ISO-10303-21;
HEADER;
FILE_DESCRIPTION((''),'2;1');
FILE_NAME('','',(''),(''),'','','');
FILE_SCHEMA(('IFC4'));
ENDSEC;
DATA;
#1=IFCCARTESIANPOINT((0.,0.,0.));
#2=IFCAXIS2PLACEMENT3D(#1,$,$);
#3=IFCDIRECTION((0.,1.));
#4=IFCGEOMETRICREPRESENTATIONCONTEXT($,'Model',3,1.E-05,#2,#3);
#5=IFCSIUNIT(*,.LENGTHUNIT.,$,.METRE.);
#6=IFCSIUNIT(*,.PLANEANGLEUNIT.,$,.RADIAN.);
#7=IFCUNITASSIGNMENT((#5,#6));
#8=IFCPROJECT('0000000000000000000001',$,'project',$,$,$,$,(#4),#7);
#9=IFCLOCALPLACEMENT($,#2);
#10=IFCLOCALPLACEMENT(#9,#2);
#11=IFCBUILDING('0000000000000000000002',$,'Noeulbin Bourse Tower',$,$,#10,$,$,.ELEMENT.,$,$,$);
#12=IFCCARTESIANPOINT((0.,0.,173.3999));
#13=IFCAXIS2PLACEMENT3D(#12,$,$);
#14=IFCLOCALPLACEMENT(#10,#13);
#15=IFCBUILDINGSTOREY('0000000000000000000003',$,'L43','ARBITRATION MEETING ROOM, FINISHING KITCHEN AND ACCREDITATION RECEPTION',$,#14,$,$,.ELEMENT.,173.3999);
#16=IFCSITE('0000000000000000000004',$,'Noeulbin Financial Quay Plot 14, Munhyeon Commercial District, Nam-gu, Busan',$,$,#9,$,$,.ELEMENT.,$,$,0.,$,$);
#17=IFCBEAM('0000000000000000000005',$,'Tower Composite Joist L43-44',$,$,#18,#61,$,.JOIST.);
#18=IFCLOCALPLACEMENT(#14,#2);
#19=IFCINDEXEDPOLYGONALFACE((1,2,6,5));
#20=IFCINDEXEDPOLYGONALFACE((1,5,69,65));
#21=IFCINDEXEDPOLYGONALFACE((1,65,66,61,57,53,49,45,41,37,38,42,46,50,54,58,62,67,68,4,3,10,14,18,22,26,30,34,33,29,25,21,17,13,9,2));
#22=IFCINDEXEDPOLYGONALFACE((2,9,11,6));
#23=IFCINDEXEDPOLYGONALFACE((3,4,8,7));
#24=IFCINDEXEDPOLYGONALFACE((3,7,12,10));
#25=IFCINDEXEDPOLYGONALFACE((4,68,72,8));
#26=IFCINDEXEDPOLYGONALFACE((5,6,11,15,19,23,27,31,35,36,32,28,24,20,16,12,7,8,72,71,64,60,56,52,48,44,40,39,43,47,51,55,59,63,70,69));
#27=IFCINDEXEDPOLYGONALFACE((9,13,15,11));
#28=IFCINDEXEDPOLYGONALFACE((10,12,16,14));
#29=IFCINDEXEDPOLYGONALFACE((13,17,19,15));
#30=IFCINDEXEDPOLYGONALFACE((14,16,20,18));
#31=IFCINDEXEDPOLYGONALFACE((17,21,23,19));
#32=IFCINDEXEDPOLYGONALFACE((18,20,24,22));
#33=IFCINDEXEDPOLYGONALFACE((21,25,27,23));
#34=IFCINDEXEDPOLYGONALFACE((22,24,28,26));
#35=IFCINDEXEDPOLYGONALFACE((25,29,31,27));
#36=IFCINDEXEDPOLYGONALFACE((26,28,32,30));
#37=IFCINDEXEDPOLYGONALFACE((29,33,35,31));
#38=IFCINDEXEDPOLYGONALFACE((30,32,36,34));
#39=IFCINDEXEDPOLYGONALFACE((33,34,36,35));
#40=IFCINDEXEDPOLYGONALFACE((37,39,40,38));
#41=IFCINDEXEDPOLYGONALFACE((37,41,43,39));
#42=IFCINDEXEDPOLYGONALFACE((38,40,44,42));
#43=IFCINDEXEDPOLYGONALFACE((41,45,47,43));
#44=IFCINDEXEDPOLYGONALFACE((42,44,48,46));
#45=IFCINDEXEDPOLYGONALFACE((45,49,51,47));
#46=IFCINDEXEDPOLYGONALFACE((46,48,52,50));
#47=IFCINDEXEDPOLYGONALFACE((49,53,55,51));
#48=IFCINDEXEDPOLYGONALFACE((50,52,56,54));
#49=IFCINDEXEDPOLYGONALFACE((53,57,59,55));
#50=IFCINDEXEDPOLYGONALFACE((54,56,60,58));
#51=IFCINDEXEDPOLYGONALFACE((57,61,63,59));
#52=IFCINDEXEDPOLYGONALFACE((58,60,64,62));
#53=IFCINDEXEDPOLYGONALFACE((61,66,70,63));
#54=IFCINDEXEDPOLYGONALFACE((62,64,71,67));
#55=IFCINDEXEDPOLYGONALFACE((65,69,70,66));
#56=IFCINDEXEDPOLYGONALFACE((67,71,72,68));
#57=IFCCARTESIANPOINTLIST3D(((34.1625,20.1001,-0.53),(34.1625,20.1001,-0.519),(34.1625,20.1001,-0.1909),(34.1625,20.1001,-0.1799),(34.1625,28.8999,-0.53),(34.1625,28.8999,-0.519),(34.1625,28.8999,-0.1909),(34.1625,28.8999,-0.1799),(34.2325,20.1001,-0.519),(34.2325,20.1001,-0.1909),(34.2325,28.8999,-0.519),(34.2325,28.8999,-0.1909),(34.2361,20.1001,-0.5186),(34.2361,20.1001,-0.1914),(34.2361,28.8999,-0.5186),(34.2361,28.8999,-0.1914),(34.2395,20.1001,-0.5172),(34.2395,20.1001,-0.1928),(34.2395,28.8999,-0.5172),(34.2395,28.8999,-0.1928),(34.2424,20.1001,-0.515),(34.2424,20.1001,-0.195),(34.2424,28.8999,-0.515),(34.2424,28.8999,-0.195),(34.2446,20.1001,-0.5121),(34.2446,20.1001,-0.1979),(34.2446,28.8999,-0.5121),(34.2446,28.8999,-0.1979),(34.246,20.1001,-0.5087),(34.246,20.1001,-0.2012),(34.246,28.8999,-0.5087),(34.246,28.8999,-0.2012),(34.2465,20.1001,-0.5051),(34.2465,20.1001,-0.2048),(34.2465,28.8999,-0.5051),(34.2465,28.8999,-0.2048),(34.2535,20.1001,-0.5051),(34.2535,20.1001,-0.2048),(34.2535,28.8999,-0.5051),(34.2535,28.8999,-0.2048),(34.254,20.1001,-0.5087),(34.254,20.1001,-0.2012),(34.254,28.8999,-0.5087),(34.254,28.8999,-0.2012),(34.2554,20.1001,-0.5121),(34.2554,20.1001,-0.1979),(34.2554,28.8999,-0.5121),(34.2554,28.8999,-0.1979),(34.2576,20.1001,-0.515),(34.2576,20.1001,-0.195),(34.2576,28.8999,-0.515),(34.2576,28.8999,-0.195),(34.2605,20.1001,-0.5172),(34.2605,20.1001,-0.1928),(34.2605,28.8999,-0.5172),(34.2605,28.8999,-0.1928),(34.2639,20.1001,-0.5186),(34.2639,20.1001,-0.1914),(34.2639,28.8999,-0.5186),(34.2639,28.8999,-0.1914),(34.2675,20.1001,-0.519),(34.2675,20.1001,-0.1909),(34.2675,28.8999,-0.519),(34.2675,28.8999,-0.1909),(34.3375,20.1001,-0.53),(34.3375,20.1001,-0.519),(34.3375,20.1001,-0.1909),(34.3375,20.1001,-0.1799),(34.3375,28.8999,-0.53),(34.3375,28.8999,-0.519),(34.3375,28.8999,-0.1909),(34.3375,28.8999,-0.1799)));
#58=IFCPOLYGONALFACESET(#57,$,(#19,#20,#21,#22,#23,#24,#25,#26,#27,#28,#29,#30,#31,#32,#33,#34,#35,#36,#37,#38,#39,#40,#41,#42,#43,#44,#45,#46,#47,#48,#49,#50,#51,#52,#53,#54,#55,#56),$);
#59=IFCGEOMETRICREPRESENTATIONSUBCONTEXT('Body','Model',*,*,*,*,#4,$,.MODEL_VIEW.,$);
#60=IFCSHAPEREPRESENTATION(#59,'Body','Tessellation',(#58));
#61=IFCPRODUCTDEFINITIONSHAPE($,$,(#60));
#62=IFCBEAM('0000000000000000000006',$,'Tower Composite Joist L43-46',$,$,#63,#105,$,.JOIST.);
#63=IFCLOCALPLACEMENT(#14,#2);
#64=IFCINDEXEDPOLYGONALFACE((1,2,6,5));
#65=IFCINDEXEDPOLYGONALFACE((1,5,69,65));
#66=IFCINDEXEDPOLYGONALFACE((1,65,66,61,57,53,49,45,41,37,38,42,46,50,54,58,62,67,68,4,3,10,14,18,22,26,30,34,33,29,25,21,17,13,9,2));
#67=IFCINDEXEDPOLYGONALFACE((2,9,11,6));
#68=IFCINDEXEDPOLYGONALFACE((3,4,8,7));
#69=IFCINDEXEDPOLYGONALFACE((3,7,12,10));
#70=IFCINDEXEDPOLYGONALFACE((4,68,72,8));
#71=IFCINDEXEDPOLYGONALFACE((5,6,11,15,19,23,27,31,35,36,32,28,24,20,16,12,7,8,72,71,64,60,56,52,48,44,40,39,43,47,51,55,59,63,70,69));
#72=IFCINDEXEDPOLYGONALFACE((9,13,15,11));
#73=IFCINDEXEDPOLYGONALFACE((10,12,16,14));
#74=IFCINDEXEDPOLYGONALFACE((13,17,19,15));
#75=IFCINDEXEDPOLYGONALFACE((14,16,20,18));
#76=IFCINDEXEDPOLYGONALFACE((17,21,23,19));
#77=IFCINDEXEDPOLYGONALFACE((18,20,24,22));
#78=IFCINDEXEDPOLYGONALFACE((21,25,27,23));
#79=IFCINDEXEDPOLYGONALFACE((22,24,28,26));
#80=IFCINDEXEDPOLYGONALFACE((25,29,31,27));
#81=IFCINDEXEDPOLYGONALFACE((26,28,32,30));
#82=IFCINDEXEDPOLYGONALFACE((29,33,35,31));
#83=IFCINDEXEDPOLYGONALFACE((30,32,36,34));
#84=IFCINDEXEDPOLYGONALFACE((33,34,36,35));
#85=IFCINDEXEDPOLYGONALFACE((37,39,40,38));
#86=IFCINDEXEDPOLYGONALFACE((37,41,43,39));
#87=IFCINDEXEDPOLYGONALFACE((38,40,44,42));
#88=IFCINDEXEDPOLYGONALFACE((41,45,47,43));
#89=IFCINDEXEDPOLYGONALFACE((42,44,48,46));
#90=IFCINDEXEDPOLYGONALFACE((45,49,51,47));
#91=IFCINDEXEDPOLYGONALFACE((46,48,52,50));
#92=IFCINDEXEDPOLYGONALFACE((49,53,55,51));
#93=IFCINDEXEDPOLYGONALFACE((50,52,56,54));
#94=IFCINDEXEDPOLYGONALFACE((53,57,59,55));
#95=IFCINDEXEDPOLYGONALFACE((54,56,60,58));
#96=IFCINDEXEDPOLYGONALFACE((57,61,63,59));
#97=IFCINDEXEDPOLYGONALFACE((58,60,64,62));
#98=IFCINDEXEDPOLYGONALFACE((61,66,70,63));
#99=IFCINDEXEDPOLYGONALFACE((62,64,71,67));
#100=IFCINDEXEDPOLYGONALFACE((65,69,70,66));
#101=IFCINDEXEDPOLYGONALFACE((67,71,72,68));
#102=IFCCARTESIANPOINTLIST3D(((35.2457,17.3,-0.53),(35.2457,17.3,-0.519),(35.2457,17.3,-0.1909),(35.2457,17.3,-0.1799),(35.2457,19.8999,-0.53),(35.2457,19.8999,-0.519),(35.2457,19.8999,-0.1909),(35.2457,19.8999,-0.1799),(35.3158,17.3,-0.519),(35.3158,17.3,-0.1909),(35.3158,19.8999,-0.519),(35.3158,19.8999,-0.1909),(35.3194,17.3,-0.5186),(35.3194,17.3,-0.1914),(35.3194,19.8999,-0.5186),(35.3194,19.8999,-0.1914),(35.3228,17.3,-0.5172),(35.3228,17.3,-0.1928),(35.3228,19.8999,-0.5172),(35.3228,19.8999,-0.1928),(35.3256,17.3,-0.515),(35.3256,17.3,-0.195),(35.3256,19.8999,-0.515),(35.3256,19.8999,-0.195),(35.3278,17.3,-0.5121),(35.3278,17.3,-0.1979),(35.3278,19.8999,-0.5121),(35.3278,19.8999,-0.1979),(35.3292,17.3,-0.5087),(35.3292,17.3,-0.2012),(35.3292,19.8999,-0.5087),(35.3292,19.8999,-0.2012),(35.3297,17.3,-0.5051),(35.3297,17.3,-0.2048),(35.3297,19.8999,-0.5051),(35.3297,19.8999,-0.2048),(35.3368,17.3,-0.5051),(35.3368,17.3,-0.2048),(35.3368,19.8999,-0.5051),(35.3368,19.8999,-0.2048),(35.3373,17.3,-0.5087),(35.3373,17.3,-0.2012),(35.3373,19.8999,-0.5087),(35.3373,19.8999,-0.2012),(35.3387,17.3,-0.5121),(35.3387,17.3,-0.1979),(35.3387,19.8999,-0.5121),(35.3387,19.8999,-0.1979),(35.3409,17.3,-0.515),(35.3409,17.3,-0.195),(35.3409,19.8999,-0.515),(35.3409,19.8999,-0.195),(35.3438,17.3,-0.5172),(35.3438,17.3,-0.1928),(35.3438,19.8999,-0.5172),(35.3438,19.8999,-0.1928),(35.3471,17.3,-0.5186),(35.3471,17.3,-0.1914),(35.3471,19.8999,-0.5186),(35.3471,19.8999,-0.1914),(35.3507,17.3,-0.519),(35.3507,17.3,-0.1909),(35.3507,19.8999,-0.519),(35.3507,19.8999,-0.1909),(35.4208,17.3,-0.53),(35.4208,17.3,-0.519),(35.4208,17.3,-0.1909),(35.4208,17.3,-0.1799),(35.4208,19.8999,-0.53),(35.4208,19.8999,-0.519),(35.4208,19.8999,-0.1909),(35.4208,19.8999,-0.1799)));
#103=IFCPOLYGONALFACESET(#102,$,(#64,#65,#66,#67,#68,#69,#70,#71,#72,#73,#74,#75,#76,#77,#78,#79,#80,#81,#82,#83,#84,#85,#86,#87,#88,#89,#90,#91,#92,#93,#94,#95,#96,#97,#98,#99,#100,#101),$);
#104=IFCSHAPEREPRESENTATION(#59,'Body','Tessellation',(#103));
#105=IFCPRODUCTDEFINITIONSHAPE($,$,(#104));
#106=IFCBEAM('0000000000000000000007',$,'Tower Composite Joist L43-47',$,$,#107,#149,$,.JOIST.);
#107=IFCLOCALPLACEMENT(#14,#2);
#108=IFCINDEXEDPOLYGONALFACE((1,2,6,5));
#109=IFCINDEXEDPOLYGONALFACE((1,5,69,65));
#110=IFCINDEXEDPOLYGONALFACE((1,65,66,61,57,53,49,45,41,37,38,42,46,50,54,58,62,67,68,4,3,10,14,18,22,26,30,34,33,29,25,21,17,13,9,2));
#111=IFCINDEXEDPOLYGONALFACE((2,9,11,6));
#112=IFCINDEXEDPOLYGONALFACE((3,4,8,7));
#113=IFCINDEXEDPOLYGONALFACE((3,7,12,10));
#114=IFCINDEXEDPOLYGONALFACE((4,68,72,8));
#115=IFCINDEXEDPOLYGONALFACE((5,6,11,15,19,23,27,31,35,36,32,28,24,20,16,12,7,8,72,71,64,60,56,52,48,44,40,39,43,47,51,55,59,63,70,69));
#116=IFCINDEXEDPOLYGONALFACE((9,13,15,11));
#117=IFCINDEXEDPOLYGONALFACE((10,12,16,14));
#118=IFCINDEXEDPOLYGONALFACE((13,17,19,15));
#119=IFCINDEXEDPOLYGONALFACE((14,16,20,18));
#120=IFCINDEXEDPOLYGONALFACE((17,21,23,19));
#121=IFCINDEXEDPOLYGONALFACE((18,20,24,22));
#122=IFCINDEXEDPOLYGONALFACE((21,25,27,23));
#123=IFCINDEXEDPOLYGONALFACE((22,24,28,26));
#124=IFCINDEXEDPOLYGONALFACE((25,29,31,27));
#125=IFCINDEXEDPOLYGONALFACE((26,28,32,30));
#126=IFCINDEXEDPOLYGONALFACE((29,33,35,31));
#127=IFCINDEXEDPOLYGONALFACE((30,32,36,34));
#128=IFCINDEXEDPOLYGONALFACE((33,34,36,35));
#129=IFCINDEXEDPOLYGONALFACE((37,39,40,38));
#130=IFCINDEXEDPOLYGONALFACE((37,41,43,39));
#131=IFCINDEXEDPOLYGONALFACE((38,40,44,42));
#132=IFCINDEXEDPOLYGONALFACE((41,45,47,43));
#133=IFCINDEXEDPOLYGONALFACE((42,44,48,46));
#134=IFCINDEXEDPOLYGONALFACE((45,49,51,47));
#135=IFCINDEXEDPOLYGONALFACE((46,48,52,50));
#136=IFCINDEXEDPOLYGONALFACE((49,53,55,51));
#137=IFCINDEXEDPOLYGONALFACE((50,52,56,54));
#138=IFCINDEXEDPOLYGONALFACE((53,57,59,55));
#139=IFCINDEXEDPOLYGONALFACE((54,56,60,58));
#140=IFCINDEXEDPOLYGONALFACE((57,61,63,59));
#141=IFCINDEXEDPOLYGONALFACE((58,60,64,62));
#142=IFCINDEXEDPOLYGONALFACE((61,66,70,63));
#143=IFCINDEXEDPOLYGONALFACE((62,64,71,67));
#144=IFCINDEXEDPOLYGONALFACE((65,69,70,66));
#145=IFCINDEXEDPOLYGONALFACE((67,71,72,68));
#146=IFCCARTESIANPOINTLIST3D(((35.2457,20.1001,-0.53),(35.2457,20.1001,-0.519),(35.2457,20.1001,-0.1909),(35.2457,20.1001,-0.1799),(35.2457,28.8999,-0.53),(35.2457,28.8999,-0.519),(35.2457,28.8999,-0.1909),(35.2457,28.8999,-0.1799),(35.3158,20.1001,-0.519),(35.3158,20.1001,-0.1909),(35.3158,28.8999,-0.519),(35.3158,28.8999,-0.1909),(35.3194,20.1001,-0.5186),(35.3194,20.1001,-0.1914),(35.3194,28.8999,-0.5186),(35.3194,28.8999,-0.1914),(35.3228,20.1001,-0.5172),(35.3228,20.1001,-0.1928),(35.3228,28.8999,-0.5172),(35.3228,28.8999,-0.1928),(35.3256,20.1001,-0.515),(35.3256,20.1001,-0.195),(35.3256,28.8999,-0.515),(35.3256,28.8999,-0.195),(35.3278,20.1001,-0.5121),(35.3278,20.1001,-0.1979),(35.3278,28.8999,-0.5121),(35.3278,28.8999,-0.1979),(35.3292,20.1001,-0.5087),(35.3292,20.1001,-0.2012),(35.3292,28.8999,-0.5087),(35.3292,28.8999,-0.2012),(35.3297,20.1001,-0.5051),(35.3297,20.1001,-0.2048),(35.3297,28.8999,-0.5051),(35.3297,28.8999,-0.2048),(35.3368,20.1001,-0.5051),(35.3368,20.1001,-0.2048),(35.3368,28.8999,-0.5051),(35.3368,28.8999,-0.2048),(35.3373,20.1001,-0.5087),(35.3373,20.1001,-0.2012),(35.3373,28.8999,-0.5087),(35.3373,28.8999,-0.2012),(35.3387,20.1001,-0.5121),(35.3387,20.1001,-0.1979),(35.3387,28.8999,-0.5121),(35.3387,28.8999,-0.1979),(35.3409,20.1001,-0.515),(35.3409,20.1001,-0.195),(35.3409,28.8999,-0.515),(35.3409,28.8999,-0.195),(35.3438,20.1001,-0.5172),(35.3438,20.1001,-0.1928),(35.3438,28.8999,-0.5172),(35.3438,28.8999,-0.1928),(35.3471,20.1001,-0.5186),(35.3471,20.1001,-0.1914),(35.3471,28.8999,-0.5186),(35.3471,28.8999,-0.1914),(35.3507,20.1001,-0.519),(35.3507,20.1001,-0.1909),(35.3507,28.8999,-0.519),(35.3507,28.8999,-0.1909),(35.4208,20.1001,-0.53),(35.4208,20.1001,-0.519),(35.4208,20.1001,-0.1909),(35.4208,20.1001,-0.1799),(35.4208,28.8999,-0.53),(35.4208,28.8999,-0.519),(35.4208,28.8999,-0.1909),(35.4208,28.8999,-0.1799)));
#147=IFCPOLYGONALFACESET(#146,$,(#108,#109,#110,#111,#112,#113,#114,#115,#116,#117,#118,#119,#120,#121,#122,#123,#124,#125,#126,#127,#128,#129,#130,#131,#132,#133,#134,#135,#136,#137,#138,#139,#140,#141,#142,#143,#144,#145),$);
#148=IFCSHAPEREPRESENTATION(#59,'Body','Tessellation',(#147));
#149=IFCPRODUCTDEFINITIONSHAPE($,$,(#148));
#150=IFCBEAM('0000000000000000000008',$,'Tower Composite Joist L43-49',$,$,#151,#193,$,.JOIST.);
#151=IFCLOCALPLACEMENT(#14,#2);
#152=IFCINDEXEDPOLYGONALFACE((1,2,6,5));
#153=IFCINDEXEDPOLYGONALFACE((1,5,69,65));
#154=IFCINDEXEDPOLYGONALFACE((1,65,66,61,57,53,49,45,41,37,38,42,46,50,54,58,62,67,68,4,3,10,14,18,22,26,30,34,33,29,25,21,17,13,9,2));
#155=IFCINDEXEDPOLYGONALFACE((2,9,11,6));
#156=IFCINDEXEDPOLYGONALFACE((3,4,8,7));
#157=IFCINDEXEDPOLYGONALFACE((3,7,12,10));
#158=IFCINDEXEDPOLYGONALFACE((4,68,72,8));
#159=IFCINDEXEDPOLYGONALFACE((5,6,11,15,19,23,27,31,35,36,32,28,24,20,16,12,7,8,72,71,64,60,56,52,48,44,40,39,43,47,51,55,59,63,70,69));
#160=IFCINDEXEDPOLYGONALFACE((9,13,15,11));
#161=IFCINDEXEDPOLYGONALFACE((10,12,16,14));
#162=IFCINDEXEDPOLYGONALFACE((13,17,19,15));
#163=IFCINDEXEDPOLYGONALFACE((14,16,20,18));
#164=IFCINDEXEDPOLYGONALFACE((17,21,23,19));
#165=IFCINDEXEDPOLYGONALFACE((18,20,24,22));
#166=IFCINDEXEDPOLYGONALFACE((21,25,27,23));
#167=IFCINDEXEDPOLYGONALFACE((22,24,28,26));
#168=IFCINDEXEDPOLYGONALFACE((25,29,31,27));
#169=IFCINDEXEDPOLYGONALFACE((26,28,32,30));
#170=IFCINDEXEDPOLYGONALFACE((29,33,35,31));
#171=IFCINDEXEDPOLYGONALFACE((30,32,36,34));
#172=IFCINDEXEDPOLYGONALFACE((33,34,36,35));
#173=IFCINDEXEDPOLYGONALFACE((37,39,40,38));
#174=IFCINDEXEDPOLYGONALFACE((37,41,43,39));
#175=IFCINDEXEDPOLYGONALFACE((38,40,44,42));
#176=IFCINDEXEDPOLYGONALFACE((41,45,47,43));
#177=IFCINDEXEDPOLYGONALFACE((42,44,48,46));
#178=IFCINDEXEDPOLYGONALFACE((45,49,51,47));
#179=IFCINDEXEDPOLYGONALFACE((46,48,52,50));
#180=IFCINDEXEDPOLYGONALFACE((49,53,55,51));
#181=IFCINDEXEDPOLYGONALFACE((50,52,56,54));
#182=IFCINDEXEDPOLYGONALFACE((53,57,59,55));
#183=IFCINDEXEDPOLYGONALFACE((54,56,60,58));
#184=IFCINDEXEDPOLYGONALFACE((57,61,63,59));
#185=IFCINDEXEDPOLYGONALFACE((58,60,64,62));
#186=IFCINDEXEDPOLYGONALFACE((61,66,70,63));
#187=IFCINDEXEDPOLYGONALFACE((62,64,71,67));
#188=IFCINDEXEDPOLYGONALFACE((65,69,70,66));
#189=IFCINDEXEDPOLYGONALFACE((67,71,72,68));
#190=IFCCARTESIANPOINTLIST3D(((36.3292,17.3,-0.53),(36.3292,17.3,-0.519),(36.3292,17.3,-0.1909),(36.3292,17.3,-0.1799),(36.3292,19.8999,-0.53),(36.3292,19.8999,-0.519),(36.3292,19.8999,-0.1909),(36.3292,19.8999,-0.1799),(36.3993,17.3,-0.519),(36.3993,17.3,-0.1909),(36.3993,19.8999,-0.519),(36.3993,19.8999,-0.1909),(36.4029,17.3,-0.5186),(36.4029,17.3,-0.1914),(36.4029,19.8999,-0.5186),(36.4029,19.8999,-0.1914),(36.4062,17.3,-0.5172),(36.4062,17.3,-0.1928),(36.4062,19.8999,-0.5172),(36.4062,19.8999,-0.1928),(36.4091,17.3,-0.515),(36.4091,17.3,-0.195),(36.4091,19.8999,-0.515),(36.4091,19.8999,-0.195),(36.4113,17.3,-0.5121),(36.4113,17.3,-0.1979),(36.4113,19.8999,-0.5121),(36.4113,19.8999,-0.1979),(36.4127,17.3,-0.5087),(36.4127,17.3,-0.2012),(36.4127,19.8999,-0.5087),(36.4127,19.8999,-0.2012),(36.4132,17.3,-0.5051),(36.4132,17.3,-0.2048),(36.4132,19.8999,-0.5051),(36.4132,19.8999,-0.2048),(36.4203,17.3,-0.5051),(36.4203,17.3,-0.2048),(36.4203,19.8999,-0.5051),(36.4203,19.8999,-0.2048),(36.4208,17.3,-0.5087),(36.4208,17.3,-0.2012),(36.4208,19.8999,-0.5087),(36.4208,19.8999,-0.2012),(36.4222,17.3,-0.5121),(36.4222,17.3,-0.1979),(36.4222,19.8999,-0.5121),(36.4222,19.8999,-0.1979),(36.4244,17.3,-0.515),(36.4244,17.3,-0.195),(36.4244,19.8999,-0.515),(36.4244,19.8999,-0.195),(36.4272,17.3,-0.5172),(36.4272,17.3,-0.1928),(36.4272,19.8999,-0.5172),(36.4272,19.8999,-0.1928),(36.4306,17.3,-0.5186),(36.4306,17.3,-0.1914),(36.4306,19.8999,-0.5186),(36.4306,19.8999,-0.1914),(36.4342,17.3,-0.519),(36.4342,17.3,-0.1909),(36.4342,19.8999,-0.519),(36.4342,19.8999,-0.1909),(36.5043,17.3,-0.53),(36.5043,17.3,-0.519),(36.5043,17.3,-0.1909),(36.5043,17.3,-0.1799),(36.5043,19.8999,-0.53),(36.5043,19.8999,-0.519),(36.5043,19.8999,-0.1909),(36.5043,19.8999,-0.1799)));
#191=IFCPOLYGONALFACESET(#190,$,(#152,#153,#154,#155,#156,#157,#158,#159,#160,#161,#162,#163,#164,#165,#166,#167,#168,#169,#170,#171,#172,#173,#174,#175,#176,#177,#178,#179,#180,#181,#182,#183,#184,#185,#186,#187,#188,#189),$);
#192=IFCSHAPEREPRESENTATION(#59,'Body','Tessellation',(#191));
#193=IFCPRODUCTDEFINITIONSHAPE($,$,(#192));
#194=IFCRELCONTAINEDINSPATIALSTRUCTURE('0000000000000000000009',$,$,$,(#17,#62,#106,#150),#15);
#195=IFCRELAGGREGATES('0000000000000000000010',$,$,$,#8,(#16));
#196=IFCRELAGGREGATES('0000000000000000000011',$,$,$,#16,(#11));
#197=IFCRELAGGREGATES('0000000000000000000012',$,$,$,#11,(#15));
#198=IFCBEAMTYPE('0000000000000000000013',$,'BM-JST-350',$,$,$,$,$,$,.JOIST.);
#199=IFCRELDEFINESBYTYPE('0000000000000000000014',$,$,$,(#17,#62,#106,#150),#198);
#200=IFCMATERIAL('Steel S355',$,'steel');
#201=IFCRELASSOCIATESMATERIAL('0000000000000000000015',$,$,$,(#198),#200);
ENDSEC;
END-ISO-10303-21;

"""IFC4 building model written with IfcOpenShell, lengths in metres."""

from ifc_helpers import new_model, si_unit, direction, frame, origin, origin_2d, place, context, subcontext, project, spatial, i_section, extrude, material, material_profile, profile_set, type_object, element, save


model = new_model("IFC4")

# Units and contexts
model_context = context("Model", 3, precision=1e-05, world=origin(), true_north=direction((0.0, 1.0)))
body_context = subcontext(model_context, "Body", "Model", "MODEL_VIEW")
ifc_project = project(units=[si_unit("LENGTHUNIT", "METRE"), si_unit("PLANEANGLEUNIT", "RADIAN")], contexts=[model_context])

# Site, building, storey
site_placement = place(None, origin())
site = spatial("IfcSite", under=ifc_project, at=site_placement, Name="Noeulbin Financial Quay Plot 14, Munhyeon Commercial District, Nam-gu, Busan", CompositionType="ELEMENT", RefElevation=0.0)
building_placement = place(site_placement, origin())
building = spatial("IfcBuilding", under=site, at=building_placement, Name="Noeulbin Bourse Tower", CompositionType="ELEMENT")
storey_placement = place(building_placement, frame((0.0, 0.0, 173.3999)))
storey = spatial("IfcBuildingStorey", under=building, at=storey_placement, Name="L43", Description="ARBITRATION MEETING ROOM, FINISHING KITCHEN AND ACCREDITATION RECEPTION", CompositionType="ELEMENT", Elevation=173.3999)

# Beams
ifc_material_1 = material(Name="Steel S355", Category="steel")
ifc_material_profile_1 = material_profile(ifc_material_1, i_section(OverallWidth=0.175, OverallDepth=0.3501, WebThickness=0.0071, FlangeThickness=0.011, FilletRadius=0.0139, at=origin_2d()), Name="H-350x175x7x11", Category="LoadBearing")
ifc_profile_set_1 = profile_set([ifc_material_profile_1], Name="Steel S355")
beam_type_1 = type_object("IfcBeamType", Name="BM-JST-350", PredefinedType="JOIST", material=ifc_profile_set_1)
for number, where, z_axis, x_axis, name in (
    (1, (34.25, 20.1001, -0.355), (0.0, 1.0, 0.0), (-1.0, 0.0, 0.0), "Tower Composite Joist L43-44"),
):
    element("IfcBeam", number, at=place(storey_placement, frame(where, z_axis=z_axis, x_axis=x_axis)), inside=storey, type_object=beam_type_1, Name=name, PredefinedType="JOIST", context=body_context, shape_type="SweptSolid", body=[
        extrude(i_section(OverallWidth=0.175, OverallDepth=0.3501, WebThickness=0.0071, FlangeThickness=0.011, FilletRadius=0.0139, at=origin_2d()), origin(), (0.0, 0.0, 1.0), 8.7998),
    ])
beam_1_placement = place(storey_placement, frame((35.3333, 17.3, -0.355), z_axis=(0.0, 1.0, 0.0), x_axis=(-1.0, 0.0, 0.0)))
element("IfcBeam", 2, at=beam_1_placement, inside=storey, type_object=beam_type_1, Name="Tower Composite Joist L43-46", PredefinedType="JOIST", context=body_context, shape_type="SweptSolid", body=[
    extrude(i_section(OverallWidth=0.175, OverallDepth=0.3501, WebThickness=0.0071, FlangeThickness=0.011, FilletRadius=0.0139, at=origin_2d()), origin(), (0.0, 0.0, 1.0), 2.5999),
])
beam_2_placement = place(storey_placement, frame((35.3333, 20.1001, -0.355), z_axis=(0.0, 1.0, 0.0), x_axis=(-1.0, 0.0, 0.0)))
element("IfcBeam", 3, at=beam_2_placement, inside=storey, type_object=beam_type_1, Name="Tower Composite Joist L43-47", PredefinedType="JOIST", context=body_context, shape_type="SweptSolid", body=[
    extrude(i_section(OverallWidth=0.175, OverallDepth=0.3501, WebThickness=0.0071, FlangeThickness=0.011, FilletRadius=0.0139, at=origin_2d()), origin(), (0.0, 0.0, 1.0), 8.7998),
])
beam_3_placement = place(storey_placement, frame((36.4167, 17.3, -0.355), z_axis=(0.0, 1.0, 0.0), x_axis=(-1.0, 0.0, 0.0)))
element("IfcBeam", 4, at=beam_3_placement, inside=storey, type_object=beam_type_1, Name="Tower Composite Joist L43-49", PredefinedType="JOIST", context=body_context, shape_type="SweptSolid", body=[
    extrude(i_section(OverallWidth=0.175, OverallDepth=0.3501, WebThickness=0.0071, FlangeThickness=0.011, FilletRadius=0.0139, at=origin_2d()), origin(), (0.0, 0.0, 1.0), 2.5999),
])

save(model, "model.ifc")
